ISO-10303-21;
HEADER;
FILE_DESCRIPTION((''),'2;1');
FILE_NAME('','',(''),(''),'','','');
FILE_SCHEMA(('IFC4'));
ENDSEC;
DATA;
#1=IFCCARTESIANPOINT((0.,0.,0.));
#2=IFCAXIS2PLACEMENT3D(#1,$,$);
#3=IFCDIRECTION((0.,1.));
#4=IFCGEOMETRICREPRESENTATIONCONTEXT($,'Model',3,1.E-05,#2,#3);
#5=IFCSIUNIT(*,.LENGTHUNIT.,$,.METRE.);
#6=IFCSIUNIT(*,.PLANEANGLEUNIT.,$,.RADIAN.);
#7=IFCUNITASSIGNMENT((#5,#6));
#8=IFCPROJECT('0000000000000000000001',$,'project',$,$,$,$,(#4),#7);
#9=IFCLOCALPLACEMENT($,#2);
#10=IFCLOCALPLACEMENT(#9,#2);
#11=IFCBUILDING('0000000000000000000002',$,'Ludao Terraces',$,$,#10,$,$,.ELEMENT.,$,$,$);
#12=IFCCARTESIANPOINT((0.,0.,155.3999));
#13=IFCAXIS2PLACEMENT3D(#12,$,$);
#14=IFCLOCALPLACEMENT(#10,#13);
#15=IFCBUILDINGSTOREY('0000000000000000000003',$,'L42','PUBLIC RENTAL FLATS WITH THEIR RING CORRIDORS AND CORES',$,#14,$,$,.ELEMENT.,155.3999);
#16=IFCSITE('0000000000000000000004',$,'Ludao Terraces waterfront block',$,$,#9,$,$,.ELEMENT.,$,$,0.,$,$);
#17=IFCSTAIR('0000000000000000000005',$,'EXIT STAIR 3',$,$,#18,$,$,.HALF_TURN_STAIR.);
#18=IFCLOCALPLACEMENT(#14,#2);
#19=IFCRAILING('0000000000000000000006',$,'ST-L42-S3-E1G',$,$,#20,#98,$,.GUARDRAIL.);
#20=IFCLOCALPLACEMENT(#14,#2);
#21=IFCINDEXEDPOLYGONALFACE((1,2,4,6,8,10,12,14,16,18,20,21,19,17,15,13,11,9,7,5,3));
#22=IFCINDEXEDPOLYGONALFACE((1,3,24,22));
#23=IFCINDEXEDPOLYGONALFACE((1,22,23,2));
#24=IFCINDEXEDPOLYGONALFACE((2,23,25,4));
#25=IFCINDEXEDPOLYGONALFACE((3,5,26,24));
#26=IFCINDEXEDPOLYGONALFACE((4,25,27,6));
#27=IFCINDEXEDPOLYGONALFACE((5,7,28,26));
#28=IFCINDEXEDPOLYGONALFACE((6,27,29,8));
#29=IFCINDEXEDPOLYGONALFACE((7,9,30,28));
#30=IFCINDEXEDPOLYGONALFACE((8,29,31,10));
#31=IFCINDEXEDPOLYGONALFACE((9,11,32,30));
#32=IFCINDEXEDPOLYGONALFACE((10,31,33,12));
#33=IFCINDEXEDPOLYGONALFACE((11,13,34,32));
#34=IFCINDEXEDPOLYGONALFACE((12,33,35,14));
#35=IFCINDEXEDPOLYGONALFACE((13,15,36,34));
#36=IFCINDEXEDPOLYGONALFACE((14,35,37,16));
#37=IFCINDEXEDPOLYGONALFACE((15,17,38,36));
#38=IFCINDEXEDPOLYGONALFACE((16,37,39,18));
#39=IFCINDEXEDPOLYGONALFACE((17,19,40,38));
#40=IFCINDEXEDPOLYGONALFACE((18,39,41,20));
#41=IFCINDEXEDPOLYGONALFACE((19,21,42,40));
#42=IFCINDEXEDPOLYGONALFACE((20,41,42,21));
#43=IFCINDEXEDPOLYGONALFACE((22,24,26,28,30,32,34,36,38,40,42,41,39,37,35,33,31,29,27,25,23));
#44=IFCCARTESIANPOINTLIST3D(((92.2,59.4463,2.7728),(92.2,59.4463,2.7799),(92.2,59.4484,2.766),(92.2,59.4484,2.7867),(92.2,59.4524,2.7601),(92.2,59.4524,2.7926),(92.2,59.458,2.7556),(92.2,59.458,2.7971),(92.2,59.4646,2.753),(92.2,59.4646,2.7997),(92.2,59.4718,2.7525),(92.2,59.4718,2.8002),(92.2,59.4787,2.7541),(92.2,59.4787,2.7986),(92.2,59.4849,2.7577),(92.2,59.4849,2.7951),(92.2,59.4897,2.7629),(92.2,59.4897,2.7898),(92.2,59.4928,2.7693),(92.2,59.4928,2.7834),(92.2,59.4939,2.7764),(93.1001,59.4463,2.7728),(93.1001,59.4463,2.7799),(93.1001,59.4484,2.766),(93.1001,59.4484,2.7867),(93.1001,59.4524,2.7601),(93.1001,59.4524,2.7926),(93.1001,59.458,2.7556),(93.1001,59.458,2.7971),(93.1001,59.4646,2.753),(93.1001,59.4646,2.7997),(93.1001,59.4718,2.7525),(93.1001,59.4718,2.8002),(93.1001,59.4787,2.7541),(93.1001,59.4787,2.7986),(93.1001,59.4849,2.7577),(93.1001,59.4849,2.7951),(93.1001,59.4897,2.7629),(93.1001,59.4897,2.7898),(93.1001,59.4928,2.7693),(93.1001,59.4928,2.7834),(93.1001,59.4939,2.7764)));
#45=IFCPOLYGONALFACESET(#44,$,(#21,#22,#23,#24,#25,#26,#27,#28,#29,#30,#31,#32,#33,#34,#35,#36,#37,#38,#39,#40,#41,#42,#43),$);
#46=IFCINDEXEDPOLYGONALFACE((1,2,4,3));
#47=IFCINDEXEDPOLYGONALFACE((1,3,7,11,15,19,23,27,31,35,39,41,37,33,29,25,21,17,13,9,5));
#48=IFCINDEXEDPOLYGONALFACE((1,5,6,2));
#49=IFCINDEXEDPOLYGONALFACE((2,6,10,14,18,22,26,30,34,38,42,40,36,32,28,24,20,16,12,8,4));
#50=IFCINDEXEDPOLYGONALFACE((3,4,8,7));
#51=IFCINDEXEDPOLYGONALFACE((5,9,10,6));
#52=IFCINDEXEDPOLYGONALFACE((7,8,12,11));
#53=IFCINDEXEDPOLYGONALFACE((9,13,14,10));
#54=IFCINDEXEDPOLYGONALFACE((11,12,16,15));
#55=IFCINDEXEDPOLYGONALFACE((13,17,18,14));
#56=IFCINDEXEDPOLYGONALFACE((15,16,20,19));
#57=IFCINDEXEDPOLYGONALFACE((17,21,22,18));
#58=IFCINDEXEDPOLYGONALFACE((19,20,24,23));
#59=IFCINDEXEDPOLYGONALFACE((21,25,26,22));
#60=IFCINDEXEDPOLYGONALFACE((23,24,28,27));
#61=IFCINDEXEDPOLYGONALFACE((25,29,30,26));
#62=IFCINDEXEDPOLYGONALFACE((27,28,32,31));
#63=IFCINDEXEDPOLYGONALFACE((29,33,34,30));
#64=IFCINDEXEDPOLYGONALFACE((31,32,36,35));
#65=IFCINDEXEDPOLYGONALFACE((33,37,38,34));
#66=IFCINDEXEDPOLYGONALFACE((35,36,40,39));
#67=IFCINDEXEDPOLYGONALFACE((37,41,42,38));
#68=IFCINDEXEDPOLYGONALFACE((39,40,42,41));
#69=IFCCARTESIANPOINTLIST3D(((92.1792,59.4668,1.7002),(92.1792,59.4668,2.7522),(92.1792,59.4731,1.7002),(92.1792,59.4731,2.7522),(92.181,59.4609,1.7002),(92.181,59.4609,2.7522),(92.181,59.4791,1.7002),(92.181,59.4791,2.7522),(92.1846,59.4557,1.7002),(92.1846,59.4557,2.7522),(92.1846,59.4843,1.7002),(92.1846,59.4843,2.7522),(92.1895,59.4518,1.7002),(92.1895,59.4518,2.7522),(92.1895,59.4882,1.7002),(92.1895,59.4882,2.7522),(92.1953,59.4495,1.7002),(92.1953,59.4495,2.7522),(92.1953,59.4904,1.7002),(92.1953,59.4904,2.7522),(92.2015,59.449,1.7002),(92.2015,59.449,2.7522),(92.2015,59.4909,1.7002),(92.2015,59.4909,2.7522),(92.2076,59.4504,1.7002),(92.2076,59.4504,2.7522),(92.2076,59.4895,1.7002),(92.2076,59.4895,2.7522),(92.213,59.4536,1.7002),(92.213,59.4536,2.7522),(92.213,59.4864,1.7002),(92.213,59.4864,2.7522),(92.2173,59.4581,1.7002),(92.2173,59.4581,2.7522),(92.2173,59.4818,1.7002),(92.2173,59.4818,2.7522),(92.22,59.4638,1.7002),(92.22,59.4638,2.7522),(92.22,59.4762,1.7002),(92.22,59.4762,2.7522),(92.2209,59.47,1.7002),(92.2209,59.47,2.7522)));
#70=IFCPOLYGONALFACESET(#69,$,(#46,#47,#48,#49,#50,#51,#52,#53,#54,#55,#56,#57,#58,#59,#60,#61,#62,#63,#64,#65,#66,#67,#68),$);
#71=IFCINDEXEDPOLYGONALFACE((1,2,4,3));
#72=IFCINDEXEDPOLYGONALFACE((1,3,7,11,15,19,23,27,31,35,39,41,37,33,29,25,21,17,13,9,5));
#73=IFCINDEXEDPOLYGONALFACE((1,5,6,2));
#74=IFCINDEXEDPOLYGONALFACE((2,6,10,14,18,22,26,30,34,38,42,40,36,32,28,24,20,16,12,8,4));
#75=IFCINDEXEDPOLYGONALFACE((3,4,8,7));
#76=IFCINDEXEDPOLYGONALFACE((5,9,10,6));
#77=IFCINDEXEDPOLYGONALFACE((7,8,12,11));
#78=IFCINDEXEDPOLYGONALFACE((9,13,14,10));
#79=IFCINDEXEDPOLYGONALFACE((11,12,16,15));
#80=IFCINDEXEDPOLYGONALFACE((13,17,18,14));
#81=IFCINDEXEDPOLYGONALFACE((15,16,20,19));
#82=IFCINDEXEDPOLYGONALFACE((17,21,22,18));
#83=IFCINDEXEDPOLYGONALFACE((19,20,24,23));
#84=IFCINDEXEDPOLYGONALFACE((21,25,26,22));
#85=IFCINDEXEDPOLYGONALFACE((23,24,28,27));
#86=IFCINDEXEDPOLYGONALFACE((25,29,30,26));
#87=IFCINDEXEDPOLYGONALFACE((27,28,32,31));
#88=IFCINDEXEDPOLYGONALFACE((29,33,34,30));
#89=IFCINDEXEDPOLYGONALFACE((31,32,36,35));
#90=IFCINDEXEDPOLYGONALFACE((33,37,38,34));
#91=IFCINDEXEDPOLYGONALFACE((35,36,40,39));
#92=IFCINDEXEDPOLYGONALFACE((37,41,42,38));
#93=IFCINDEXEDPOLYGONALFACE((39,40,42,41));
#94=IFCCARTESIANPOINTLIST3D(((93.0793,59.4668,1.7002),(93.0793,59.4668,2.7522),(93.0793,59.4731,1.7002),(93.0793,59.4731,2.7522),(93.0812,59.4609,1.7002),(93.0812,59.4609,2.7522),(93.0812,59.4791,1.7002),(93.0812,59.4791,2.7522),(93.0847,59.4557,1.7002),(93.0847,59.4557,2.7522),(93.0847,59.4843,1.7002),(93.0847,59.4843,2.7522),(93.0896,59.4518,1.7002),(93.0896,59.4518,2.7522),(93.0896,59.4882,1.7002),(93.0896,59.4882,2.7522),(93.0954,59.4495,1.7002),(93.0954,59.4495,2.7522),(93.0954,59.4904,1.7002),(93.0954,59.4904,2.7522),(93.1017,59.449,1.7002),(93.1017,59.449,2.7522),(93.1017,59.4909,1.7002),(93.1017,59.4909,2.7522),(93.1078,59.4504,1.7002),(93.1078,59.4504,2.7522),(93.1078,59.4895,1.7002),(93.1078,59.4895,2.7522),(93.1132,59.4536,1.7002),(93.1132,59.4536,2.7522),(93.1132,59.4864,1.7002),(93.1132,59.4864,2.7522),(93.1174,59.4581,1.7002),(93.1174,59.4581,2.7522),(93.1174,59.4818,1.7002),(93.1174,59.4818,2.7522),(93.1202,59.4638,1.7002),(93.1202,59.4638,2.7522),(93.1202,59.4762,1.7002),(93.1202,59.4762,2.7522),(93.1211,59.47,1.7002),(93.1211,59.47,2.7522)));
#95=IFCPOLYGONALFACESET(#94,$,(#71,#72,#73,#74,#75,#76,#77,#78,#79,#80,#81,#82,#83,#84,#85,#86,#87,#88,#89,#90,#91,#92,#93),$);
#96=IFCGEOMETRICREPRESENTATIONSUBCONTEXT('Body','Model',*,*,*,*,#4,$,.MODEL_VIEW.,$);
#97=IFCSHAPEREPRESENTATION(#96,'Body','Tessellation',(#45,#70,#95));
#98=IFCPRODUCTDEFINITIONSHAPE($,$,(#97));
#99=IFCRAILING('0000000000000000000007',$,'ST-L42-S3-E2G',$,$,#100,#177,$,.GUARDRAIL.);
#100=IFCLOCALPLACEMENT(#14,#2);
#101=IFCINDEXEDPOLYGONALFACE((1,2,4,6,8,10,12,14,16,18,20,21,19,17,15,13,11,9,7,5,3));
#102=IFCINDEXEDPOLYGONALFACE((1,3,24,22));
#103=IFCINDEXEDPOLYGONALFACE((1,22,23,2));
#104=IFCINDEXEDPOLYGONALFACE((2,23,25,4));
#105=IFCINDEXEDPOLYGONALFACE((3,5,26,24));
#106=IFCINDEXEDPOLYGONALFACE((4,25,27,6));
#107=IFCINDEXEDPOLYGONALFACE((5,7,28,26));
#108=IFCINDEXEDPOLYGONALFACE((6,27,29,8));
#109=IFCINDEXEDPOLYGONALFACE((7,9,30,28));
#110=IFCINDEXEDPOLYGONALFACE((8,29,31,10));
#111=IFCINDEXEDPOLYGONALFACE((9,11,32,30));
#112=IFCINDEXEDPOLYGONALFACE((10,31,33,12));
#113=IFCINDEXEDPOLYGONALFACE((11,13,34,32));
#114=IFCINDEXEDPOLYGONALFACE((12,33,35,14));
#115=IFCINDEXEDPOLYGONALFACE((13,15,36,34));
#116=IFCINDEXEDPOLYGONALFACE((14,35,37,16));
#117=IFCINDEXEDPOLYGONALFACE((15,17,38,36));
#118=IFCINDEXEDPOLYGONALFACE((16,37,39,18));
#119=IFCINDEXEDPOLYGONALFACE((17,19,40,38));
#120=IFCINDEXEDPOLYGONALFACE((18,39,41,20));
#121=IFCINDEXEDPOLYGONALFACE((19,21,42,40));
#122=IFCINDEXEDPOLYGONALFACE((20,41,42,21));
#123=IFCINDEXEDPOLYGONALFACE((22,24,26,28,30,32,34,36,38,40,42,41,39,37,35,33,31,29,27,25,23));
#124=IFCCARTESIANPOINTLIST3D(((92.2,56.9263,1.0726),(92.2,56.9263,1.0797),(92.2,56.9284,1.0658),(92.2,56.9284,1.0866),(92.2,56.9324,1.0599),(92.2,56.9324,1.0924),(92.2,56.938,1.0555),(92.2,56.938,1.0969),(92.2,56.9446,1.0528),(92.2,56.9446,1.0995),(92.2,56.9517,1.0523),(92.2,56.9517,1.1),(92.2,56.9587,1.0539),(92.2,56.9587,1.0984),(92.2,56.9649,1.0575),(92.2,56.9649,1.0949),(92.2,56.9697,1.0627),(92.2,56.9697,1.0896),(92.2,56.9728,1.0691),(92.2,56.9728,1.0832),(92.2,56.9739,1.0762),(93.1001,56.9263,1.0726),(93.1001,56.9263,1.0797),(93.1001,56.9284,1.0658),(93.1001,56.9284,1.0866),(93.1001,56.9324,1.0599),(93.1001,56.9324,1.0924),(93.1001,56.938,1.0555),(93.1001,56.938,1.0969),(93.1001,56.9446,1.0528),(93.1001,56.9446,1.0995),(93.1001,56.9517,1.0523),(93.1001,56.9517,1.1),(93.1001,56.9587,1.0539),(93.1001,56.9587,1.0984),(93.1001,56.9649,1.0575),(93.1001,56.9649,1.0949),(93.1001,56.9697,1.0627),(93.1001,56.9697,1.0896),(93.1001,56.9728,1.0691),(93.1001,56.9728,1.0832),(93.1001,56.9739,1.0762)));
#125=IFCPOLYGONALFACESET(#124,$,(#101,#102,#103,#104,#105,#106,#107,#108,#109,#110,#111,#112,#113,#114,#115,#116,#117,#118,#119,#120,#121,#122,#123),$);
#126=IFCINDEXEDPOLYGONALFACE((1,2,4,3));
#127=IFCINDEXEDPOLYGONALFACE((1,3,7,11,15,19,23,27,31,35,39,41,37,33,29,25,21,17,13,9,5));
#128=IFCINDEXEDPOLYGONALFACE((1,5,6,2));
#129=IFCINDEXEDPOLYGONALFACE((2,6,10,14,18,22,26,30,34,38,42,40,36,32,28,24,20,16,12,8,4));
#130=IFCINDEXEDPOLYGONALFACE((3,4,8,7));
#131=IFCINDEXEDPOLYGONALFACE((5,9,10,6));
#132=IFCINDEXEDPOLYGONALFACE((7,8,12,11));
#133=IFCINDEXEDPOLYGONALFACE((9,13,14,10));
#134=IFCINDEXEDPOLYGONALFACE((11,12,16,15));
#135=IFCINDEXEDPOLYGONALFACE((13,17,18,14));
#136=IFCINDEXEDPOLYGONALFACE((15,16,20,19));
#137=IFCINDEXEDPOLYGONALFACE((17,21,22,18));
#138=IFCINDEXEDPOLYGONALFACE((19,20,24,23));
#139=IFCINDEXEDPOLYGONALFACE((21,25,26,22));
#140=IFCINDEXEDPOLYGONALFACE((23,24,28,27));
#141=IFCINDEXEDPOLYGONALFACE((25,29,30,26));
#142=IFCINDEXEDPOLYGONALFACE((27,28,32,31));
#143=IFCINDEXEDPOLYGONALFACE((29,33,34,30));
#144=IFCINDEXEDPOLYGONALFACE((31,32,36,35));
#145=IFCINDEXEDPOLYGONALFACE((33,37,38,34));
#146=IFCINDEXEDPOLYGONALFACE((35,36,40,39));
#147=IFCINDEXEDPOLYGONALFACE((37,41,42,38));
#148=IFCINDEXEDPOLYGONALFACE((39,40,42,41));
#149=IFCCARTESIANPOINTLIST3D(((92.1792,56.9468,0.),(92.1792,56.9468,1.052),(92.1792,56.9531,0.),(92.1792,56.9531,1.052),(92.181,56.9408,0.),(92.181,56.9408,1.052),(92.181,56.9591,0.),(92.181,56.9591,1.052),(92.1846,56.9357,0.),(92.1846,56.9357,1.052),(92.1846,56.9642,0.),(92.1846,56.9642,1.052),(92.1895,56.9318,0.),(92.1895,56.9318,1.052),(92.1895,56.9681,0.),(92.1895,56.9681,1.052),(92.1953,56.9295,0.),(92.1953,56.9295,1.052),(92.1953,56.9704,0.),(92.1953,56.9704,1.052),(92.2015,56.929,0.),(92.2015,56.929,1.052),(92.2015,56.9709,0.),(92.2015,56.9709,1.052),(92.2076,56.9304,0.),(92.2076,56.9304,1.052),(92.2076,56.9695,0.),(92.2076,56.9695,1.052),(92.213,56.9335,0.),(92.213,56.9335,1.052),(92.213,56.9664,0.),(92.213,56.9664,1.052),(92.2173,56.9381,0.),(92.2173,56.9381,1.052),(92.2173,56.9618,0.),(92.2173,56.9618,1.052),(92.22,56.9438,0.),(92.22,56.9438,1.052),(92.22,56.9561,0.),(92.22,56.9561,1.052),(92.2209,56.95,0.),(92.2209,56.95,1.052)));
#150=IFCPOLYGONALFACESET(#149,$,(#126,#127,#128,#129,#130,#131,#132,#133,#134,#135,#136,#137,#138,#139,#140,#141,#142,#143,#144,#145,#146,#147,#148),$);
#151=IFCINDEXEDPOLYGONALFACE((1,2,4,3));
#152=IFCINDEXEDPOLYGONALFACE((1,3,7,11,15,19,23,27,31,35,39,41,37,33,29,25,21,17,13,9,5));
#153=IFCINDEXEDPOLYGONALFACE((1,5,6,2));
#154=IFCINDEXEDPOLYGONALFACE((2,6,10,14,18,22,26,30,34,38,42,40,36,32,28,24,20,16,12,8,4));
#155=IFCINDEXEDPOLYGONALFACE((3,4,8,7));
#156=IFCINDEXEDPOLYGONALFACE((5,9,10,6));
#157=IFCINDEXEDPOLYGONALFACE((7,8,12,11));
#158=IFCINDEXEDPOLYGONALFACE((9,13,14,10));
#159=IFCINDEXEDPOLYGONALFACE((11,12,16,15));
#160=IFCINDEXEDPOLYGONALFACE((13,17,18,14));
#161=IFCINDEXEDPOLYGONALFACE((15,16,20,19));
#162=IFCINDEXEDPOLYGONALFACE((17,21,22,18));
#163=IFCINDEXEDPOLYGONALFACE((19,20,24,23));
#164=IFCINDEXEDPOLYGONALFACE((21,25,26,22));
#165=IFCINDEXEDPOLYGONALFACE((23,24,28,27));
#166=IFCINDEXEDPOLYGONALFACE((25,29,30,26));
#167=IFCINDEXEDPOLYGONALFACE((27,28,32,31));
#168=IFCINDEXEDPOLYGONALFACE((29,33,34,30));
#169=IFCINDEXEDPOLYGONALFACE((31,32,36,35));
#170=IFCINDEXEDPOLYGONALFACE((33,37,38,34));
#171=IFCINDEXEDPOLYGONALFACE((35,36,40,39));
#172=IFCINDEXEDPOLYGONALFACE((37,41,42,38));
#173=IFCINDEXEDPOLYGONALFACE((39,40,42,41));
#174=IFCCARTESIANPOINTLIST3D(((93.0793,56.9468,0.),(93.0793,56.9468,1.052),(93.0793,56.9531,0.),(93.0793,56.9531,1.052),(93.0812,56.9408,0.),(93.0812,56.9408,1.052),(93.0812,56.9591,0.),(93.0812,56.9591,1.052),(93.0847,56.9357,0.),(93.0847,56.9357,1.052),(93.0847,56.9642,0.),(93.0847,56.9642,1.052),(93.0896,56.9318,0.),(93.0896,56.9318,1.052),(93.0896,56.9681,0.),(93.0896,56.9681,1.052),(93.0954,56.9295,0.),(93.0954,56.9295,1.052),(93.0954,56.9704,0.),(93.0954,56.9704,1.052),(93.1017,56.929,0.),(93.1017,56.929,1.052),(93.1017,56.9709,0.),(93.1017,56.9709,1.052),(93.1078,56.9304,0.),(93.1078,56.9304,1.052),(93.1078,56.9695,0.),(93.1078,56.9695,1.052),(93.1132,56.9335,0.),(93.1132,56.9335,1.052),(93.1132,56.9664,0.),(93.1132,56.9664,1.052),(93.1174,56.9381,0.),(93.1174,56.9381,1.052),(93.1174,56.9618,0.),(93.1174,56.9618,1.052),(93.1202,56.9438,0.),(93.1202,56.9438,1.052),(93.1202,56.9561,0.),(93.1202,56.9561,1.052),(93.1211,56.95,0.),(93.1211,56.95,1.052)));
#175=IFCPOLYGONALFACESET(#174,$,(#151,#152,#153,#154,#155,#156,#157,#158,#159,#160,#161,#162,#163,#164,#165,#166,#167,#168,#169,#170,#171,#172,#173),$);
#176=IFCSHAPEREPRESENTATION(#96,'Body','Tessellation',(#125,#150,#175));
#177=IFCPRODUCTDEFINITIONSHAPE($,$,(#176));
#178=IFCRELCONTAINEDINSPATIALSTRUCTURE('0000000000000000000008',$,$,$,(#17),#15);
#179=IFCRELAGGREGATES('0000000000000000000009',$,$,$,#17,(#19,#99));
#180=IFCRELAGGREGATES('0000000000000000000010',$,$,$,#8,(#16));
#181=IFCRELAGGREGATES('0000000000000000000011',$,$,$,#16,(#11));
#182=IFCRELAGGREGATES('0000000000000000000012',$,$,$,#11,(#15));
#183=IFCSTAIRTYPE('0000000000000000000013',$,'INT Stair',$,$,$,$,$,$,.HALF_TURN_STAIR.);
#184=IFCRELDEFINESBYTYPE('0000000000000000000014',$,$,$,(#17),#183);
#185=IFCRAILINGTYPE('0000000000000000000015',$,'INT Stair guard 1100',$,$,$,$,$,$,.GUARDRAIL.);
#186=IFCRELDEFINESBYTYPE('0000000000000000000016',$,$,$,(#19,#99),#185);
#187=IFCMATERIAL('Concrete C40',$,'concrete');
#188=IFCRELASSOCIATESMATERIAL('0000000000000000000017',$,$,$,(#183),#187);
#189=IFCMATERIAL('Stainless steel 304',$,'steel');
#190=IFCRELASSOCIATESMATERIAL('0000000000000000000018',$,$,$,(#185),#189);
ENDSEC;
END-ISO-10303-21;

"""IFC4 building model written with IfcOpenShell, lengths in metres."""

from ifc_helpers import new_model, si_unit, direction, frame, origin, origin_2d, place, context, subcontext, project, spatial, circle, extrude, material, type_object, element, aggregate, save


model = new_model("IFC4")

# Units and contexts
model_context = context("Model", 3, precision=1e-05, world=origin(), true_north=direction((0.0, 1.0)))
body_context = subcontext(model_context, "Body", "Model", "MODEL_VIEW")
ifc_project = project(units=[si_unit("LENGTHUNIT", "METRE"), si_unit("PLANEANGLEUNIT", "RADIAN")], contexts=[model_context])

# Site, building, storey
site_placement = place(None, origin())
site = spatial("IfcSite", under=ifc_project, at=site_placement, Name="Ludao Terraces waterfront block", CompositionType="ELEMENT", RefElevation=0.0)
building_placement = place(site_placement, origin())
building = spatial("IfcBuilding", under=site, at=building_placement, Name="Ludao Terraces", CompositionType="ELEMENT")
storey_placement = place(building_placement, frame((0.0, 0.0, 155.3999)))
storey = spatial("IfcBuildingStorey", under=building, at=storey_placement, Name="L42", Description="PUBLIC RENTAL FLATS WITH THEIR RING CORRIDORS AND CORES", CompositionType="ELEMENT", Elevation=155.3999)

# Shared definitions
ifc_material_1 = material(Name="Concrete C40", Category="concrete")

# Stair, railings
stair_type = type_object("IfcStairType", Name="INT Stair", PredefinedType="HALF_TURN_STAIR", material=ifc_material_1)
stair_placement = place(storey_placement, origin())
stair = element("IfcStair", 1, at=stair_placement, inside=storey, type_object=stair_type, Name="EXIT STAIR 3", PredefinedType="HALF_TURN_STAIR")
ifc_material_2 = material(Name="Stainless steel 304", Category="steel")
railing_type_1 = type_object("IfcRailingType", Name="INT Stair guard 1100", PredefinedType="GUARDRAIL", material=ifc_material_2)
railing_1_placement = place(storey_placement, frame((92.2, 59.47, 1.7002)))
railing_1 = element("IfcRailing", 2, at=railing_1_placement, type_object=railing_type_1, Name="ST-L42-S3-E1G", PredefinedType="GUARDRAIL", context=body_context, shape_type="SweptSolid", body=[
    extrude(circle(Radius=0.0239, at=origin_2d()), frame((0.0, 0.0, 1.0762), z_axis=(1.0, 0.0, 0.0), x_axis=(0.0, 1.0, 0.0)), (0.0, 0.0, 1.0), 0.9001),
    extrude(circle(Radius=0.021, at=origin_2d()), origin(), (0.0, 0.0, 1.0), 1.052),
    extrude(circle(Radius=0.021, at=origin_2d()), frame((0.9001, 0.0, 0.0)), (0.0, 0.0, 1.0), 1.052),
])
railing_2_placement = place(storey_placement, frame((92.2, 56.95, 0.0)))
railing_2 = element("IfcRailing", 3, at=railing_2_placement, type_object=railing_type_1, Name="ST-L42-S3-E2G", PredefinedType="GUARDRAIL", context=body_context, shape_type="SweptSolid", body=[
    extrude(circle(Radius=0.0239, at=origin_2d()), frame((0.0, 0.0, 1.0762), z_axis=(1.0, 0.0, 0.0), x_axis=(0.0, 1.0, 0.0)), (0.0, 0.0, 1.0), 0.9001),
    extrude(circle(Radius=0.021, at=origin_2d()), origin(), (0.0, 0.0, 1.0), 1.052),
    extrude(circle(Radius=0.021, at=origin_2d()), frame((0.9001, 0.0, 0.0)), (0.0, 0.0, 1.0), 1.052),
])
aggregate(stair, [railing_1, railing_2])

save(model, "model.ifc")
